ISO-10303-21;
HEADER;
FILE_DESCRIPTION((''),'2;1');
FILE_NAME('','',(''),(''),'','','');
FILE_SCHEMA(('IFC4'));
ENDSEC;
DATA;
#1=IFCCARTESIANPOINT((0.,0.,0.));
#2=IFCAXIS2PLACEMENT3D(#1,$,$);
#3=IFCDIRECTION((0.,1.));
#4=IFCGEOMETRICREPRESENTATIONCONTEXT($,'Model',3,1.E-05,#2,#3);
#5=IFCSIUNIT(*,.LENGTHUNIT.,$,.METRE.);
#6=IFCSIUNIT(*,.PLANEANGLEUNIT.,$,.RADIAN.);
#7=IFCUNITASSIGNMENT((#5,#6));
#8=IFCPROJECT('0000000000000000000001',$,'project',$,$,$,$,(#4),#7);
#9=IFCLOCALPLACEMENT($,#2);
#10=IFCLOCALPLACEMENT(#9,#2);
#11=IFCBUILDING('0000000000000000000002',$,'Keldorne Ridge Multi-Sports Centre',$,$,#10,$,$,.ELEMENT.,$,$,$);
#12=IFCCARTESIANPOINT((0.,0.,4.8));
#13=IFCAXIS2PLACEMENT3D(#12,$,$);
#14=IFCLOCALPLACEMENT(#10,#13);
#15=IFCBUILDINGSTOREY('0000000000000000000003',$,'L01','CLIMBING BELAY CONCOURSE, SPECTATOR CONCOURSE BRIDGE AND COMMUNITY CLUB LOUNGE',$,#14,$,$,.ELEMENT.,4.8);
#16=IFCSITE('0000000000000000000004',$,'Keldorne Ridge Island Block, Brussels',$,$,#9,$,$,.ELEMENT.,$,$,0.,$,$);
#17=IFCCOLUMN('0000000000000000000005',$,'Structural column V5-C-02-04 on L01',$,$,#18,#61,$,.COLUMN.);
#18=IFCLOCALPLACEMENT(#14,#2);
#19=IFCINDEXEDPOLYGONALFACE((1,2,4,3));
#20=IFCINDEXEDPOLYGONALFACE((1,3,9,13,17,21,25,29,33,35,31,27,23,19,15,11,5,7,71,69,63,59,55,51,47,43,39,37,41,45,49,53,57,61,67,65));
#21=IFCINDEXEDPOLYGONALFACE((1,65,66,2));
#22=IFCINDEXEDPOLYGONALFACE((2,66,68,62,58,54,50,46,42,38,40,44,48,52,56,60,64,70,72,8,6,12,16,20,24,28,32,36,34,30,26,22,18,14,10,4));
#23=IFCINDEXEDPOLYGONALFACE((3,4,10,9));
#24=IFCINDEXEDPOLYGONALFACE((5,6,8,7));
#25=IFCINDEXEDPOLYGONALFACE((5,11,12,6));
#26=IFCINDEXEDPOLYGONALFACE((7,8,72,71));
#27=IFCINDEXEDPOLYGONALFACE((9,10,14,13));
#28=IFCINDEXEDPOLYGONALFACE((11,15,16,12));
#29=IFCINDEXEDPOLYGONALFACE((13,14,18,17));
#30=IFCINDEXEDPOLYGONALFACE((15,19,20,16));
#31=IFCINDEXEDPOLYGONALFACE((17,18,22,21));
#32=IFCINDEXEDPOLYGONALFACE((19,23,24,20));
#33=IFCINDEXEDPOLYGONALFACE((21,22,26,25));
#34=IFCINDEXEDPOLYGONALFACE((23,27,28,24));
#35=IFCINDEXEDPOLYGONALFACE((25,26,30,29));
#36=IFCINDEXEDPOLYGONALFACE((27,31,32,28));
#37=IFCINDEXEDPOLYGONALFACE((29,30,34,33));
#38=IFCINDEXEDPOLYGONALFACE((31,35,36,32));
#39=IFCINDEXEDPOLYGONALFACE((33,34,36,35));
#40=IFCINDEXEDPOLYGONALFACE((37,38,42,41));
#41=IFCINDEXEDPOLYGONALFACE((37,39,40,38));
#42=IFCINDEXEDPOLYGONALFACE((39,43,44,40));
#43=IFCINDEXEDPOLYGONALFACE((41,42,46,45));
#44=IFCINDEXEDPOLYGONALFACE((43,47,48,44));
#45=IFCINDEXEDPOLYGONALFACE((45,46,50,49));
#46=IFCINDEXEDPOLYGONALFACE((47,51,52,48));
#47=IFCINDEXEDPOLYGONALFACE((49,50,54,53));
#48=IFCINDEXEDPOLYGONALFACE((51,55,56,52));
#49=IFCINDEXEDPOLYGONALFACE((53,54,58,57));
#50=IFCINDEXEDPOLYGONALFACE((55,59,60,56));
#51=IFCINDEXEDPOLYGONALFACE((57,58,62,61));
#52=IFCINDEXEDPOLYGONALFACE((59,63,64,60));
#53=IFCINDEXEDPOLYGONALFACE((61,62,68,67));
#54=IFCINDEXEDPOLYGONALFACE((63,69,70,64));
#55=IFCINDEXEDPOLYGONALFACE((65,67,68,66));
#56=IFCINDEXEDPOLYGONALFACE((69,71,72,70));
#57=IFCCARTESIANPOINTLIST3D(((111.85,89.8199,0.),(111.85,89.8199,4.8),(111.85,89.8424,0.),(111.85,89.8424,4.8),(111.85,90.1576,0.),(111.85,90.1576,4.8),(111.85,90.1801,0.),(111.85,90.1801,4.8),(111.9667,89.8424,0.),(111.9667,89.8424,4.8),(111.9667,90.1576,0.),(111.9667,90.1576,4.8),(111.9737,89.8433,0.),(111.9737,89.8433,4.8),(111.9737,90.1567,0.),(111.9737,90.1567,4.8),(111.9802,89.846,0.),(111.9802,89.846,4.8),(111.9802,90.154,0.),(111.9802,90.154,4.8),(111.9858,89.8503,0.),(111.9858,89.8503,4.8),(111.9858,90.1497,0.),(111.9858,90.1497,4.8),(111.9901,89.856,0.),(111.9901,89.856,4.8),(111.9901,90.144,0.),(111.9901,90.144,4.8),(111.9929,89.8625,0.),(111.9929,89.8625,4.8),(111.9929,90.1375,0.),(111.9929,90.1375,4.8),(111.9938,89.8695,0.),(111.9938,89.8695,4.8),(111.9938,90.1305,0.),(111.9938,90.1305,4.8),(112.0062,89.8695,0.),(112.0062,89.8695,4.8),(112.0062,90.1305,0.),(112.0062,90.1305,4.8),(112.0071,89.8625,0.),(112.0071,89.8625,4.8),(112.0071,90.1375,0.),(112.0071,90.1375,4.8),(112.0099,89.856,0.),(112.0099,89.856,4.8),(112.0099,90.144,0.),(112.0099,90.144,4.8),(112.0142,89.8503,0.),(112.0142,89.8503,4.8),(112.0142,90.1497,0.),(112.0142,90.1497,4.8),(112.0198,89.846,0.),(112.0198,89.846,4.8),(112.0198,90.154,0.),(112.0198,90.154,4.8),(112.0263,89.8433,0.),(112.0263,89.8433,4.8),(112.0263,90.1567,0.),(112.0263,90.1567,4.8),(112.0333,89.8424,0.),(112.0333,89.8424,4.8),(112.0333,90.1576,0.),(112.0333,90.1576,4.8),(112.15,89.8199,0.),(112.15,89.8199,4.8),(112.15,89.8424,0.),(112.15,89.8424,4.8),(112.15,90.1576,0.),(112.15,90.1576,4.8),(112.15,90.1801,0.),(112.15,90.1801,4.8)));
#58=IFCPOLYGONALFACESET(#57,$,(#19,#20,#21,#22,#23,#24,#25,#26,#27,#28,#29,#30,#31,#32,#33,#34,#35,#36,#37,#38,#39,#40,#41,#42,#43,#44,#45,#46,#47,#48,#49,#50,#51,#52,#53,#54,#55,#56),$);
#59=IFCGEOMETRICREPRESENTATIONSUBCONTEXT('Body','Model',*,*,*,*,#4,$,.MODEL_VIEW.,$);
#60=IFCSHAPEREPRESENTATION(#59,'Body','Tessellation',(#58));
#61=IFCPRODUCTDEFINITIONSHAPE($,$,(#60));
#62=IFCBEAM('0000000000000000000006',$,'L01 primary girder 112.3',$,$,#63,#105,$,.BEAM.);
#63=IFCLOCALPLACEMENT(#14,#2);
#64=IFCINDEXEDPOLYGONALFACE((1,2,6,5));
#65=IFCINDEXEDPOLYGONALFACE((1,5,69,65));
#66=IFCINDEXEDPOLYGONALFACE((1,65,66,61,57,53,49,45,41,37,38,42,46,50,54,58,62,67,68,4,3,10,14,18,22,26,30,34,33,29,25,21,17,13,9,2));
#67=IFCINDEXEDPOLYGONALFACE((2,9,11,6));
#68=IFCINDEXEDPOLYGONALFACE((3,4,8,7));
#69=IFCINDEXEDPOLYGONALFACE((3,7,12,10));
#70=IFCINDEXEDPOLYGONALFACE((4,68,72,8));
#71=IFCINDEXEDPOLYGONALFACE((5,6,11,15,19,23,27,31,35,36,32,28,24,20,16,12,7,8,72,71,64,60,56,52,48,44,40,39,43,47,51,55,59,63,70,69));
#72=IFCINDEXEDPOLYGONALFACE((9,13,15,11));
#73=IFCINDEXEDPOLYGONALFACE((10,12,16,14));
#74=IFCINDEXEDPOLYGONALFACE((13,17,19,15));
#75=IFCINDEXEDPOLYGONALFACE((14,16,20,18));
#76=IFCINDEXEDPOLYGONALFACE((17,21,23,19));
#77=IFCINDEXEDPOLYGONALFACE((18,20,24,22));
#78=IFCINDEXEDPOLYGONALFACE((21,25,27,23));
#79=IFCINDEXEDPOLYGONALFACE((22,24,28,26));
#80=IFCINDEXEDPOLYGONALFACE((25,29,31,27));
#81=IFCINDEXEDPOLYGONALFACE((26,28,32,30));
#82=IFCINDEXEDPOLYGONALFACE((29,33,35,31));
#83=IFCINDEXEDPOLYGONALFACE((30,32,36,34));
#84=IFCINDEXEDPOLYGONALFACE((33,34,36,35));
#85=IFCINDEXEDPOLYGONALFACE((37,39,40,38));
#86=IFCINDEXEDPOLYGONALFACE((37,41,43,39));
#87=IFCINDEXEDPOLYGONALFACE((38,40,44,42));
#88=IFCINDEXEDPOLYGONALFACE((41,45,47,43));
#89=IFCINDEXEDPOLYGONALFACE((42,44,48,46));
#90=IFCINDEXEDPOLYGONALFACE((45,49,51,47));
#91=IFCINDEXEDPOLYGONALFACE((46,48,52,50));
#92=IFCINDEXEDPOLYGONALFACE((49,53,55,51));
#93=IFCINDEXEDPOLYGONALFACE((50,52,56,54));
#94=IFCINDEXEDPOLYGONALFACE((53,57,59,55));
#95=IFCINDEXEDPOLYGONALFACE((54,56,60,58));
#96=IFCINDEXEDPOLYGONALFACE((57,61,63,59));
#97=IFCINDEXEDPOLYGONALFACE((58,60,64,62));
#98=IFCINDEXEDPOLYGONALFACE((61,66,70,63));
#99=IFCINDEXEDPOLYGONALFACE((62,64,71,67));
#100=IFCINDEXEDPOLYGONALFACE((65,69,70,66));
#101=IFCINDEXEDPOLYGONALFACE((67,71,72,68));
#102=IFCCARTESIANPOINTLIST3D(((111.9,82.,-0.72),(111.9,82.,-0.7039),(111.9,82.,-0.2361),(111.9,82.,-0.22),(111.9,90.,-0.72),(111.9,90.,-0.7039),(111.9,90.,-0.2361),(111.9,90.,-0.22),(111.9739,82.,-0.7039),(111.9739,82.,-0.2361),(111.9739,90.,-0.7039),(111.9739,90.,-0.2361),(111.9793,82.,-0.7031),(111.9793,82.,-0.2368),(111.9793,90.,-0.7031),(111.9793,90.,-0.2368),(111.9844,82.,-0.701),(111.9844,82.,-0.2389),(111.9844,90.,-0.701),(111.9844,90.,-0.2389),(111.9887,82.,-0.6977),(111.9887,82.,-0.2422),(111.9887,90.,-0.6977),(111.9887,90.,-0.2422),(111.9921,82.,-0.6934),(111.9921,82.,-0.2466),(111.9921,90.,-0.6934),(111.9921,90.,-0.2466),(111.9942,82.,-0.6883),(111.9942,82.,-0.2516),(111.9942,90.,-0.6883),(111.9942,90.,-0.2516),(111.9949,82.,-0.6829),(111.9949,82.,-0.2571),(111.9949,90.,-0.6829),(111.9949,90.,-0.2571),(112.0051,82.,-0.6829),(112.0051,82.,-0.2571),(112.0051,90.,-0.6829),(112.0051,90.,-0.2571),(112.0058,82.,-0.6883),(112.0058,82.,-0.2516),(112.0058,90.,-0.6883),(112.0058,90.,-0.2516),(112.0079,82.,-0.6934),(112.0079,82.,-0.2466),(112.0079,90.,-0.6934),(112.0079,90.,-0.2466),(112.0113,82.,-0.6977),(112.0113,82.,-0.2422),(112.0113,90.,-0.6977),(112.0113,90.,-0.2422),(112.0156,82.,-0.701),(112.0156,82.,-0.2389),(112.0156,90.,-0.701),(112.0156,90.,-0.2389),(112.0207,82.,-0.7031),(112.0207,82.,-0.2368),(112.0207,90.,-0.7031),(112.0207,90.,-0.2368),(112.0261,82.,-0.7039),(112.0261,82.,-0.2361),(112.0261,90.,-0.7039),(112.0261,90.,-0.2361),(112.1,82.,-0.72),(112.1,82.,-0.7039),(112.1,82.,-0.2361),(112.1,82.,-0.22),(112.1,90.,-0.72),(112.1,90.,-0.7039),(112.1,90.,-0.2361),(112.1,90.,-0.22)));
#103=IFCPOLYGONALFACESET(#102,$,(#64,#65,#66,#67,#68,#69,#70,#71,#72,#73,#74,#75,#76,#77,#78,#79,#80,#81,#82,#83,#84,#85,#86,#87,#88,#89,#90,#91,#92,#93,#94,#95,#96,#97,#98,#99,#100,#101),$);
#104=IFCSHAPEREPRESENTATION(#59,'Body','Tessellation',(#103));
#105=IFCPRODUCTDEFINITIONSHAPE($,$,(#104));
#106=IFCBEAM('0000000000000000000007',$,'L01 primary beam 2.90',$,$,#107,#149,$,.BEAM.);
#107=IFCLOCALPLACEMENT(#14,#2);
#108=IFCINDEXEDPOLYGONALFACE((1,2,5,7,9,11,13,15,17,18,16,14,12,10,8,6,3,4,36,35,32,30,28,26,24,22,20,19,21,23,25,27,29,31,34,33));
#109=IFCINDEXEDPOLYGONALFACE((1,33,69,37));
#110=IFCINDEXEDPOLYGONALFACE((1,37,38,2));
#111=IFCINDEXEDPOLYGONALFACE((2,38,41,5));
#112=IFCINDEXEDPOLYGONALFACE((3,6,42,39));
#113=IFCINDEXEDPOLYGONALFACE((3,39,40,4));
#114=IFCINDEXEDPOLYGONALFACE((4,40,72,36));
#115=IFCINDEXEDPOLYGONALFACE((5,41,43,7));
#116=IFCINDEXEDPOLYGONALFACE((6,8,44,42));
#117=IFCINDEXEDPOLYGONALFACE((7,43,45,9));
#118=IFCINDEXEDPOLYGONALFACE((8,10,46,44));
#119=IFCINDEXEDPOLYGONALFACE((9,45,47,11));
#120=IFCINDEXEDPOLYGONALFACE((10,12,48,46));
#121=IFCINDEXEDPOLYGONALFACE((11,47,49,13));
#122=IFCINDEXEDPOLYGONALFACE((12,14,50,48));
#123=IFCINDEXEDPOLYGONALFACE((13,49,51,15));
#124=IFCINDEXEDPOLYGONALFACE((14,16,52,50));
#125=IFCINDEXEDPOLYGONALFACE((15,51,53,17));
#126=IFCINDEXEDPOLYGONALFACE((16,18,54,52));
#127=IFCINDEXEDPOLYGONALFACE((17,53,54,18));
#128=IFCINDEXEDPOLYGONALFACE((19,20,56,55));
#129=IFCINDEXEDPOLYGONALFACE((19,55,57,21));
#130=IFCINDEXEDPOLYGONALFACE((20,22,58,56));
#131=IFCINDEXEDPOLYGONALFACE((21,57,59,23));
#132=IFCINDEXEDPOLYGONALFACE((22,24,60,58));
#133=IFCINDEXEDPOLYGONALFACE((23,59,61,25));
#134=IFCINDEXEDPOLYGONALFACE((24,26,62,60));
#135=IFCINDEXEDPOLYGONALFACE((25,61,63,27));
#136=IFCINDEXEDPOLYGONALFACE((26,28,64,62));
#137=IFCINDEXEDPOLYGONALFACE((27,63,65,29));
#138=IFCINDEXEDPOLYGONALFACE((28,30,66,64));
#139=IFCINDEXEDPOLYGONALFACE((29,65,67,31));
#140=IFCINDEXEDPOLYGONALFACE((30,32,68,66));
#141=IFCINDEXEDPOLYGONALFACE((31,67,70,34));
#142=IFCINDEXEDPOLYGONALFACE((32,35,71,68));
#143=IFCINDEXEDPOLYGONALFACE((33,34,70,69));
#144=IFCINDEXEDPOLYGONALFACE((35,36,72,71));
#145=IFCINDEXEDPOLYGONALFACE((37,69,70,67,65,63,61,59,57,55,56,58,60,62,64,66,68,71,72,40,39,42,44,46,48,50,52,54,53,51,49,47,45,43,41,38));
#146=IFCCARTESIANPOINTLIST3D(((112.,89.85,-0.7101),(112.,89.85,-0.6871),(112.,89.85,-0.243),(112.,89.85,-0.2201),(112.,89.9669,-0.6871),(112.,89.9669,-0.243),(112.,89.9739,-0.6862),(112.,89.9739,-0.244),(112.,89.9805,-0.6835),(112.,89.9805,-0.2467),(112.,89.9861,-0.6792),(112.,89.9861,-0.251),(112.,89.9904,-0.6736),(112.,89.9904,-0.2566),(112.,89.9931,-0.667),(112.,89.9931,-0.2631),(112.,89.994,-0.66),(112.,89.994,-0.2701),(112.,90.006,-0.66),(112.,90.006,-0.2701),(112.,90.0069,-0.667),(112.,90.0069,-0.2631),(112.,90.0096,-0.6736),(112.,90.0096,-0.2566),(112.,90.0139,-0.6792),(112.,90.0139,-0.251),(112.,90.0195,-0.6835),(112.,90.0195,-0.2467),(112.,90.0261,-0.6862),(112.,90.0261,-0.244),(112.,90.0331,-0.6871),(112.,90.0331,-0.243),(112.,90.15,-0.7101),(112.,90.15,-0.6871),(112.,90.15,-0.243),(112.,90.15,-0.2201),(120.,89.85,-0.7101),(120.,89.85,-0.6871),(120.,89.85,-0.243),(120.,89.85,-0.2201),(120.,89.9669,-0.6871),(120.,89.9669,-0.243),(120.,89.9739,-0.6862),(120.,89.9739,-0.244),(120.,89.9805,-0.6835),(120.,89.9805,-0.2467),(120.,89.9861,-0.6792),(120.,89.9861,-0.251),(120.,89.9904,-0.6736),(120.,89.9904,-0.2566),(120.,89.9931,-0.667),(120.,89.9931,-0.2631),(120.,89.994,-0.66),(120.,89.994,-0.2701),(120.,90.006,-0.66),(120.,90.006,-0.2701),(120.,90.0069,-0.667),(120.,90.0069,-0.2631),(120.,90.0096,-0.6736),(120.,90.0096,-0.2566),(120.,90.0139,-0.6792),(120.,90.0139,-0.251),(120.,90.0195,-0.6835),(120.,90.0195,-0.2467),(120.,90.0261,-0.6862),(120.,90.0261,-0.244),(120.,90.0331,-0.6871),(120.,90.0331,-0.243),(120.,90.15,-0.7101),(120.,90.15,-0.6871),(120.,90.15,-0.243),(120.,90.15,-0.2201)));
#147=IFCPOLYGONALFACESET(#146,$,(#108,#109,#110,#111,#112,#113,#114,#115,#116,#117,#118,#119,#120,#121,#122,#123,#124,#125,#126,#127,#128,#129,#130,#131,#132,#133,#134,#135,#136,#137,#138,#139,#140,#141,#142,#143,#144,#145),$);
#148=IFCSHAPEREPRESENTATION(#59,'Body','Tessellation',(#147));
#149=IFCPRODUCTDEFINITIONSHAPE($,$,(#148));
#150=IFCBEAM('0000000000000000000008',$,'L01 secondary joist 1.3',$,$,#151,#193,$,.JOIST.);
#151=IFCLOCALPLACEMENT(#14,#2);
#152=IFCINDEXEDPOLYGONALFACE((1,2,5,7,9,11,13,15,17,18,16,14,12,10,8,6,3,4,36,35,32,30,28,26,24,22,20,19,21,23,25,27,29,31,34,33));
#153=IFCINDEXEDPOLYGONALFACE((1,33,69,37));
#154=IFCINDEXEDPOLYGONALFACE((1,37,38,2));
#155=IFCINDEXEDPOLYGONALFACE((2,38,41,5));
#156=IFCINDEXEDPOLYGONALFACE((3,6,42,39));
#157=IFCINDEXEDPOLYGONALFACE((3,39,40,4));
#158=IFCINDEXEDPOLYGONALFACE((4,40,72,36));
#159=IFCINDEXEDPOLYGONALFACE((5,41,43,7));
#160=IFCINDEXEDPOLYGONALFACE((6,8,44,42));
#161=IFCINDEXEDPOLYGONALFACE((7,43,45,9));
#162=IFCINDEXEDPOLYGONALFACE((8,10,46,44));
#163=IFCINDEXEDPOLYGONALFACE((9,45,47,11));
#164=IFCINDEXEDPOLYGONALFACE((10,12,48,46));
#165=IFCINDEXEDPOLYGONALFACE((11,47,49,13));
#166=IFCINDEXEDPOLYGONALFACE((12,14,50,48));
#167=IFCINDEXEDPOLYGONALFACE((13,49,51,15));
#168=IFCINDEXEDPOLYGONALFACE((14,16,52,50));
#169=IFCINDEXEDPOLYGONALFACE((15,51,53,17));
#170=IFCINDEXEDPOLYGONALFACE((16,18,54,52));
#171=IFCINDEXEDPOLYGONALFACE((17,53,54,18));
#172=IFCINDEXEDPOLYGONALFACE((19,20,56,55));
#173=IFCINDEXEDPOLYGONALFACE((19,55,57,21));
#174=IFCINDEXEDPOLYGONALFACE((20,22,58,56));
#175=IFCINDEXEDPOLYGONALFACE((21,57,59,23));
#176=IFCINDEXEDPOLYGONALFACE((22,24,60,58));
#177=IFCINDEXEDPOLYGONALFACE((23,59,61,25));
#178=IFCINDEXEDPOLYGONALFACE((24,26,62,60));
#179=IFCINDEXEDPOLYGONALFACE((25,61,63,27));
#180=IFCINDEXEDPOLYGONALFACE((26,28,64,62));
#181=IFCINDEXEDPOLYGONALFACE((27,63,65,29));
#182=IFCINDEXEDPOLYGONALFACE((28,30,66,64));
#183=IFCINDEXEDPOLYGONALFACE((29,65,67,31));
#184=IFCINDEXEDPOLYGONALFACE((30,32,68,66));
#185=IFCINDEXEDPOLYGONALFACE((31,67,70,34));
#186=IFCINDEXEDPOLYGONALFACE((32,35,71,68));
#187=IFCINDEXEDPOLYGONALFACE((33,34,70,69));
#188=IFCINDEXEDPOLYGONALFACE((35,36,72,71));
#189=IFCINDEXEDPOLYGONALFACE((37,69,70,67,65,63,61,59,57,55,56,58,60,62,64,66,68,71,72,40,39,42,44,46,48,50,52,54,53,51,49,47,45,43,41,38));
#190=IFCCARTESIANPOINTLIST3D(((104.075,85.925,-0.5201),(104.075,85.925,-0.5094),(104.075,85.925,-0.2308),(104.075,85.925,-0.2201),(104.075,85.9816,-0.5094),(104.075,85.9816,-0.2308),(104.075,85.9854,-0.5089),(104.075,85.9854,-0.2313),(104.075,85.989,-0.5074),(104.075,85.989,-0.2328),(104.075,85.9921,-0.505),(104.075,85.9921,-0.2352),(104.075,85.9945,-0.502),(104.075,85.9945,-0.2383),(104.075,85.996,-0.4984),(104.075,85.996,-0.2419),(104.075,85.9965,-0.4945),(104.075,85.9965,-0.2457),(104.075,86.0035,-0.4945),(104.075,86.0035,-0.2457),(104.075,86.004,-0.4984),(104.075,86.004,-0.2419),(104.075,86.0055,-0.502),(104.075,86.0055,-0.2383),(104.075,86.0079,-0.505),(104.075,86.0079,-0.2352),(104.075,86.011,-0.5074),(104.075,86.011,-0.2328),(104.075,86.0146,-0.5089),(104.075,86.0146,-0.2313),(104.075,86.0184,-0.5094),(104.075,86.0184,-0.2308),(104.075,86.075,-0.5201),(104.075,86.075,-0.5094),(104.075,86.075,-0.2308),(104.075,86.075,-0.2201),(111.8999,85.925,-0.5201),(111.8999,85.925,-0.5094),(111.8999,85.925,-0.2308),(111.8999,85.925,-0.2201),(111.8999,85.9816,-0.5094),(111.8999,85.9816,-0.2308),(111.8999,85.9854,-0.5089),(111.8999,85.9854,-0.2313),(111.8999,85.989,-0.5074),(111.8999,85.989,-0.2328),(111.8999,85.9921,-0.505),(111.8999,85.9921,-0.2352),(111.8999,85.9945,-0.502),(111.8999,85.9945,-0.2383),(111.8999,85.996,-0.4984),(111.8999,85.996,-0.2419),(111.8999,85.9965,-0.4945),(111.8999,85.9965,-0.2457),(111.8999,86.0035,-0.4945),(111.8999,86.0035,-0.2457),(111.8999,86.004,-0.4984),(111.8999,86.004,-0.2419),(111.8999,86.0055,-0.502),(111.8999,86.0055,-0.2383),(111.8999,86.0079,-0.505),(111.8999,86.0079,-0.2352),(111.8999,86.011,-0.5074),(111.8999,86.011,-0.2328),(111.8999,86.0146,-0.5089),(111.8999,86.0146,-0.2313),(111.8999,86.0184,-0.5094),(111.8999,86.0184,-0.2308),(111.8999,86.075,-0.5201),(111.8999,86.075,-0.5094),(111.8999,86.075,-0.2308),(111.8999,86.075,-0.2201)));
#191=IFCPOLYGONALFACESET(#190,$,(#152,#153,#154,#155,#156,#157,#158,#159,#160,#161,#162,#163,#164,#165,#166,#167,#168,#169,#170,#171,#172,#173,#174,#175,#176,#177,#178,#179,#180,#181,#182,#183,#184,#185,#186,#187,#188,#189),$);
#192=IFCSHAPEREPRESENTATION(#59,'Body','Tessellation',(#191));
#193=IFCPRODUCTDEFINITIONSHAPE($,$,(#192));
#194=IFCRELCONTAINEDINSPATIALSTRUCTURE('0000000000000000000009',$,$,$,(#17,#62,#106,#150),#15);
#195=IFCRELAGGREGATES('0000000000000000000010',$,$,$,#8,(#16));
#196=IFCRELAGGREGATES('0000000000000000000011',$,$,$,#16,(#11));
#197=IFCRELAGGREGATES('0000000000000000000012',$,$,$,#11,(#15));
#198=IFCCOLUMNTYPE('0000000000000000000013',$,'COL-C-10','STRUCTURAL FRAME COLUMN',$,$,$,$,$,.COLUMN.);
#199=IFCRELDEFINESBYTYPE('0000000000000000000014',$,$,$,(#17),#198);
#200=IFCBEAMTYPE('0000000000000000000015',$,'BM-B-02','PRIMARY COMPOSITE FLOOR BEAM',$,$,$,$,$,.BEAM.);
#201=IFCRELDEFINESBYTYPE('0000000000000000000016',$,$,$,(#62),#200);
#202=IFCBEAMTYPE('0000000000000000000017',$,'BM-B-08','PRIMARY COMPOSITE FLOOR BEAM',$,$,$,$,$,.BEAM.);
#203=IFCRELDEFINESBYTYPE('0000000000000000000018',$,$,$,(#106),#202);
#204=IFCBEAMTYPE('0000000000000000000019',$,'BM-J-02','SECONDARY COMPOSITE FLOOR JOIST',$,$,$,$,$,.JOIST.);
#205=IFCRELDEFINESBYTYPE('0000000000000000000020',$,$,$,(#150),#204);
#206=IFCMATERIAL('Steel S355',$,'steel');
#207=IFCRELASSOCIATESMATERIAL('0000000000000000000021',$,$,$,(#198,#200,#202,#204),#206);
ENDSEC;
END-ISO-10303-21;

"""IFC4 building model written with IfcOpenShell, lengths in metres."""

from ifc_helpers import new_model, si_unit, direction, frame, origin, origin_2d, place, context, subcontext, project, spatial, i_section, extrude, material, material_profile, profile_set, type_object, element, save


model = new_model("IFC4")

# Units and contexts
model_context = context("Model", 3, precision=1e-05, world=origin(), true_north=direction((0.0, 1.0)))
body_context = subcontext(model_context, "Body", "Model", "MODEL_VIEW")
ifc_project = project(units=[si_unit("LENGTHUNIT", "METRE"), si_unit("PLANEANGLEUNIT", "RADIAN")], contexts=[model_context])

# Site, building, storey
site_placement = place(None, origin())
site = spatial("IfcSite", under=ifc_project, at=site_placement, Name="Keldorne Ridge Island Block, Brussels", CompositionType="ELEMENT", RefElevation=0.0)
building_placement = place(site_placement, origin())
building = spatial("IfcBuilding", under=site, at=building_placement, Name="Keldorne Ridge Multi-Sports Centre", CompositionType="ELEMENT")
storey_placement = place(building_placement, frame((0.0, 0.0, 4.8)))
storey = spatial("IfcBuildingStorey", under=building, at=storey_placement, Name="L01", Description="CLIMBING BELAY CONCOURSE, SPECTATOR CONCOURSE BRIDGE AND COMMUNITY CLUB LOUNGE", CompositionType="ELEMENT", Elevation=4.8)

# Column
ifc_material_1 = material(Name="Steel S355", Category="steel")
ifc_material_profile_1 = material_profile(ifc_material_1, i_section(OverallWidth=0.3, OverallDepth=0.3601, WebThickness=0.0125, FlangeThickness=0.0225, FilletRadius=0.0271, at=origin_2d()), Name="HEB 360")
ifc_profile_set_1 = profile_set([ifc_material_profile_1], Name="Steel S355")
column_type = type_object("IfcColumnType", Name="COL-C-10", Description="STRUCTURAL FRAME COLUMN", PredefinedType="COLUMN", material=ifc_profile_set_1)
column_placement = place(storey_placement, frame((112.0, 90.0, 0.0), z_axis=(0.0, 0.0, 1.0), x_axis=(1.0, 0.0, 0.0)))
element("IfcColumn", 1, at=column_placement, inside=storey, type_object=column_type, Name="Structural column V5-C-02-04 on L01", PredefinedType="COLUMN", context=body_context, shape_type="SweptSolid", body=[
    extrude(i_section(OverallWidth=0.3, OverallDepth=0.3601, WebThickness=0.0125, FlangeThickness=0.0225, FilletRadius=0.0271, at=origin_2d()), origin(), (0.0, 0.0, 1.0), 4.8),
])

# Beams
ifc_material_profile_2 = material_profile(ifc_material_1, i_section(OverallWidth=0.2, OverallDepth=0.5, WebThickness=0.0103, FlangeThickness=0.0161, FilletRadius=0.021, at=origin_2d()), Name="IPE 500")
ifc_profile_set_2 = profile_set([ifc_material_profile_2], Name="Steel S355")
beam_type_1 = type_object("IfcBeamType", Name="BM-B-02", Description="PRIMARY COMPOSITE FLOOR BEAM", PredefinedType="BEAM", material=ifc_profile_set_2)
beam_1_placement = place(storey_placement, frame((112.0, 82.0, -0.47), z_axis=(0.0, 1.0, 0.0), x_axis=(-1.0, 0.0, 0.0)))
element("IfcBeam", 2, at=beam_1_placement, inside=storey, type_object=beam_type_1, Name="L01 primary girder 112.3", PredefinedType="BEAM", context=body_context, shape_type="SweptSolid", body=[
    extrude(i_section(OverallWidth=0.2, OverallDepth=0.5, WebThickness=0.0103, FlangeThickness=0.0161, FilletRadius=0.021, at=origin_2d()), origin(), (0.0, 0.0, 1.0), 8.0),
])
ifc_material_profile_3 = material_profile(ifc_material_1, i_section(OverallWidth=0.3, OverallDepth=0.49, WebThickness=0.012, FlangeThickness=0.0229, FilletRadius=0.0271, at=origin_2d()), Name="HEA 500")
ifc_profile_set_3 = profile_set([ifc_material_profile_3], Name="Steel S355")
beam_type_2 = type_object("IfcBeamType", Name="BM-B-08", Description="PRIMARY COMPOSITE FLOOR BEAM", PredefinedType="BEAM", material=ifc_profile_set_3)
beam_2_placement = place(storey_placement, frame((112.0, 90.0, -0.4651), z_axis=(1.0, 0.0, 0.0), x_axis=(0.0, 1.0, 0.0)))
element("IfcBeam", 3, at=beam_2_placement, inside=storey, type_object=beam_type_2, Name="L01 primary beam 2.90", PredefinedType="BEAM", context=body_context, shape_type="SweptSolid", body=[
    extrude(i_section(OverallWidth=0.3, OverallDepth=0.49, WebThickness=0.012, FlangeThickness=0.0229, FilletRadius=0.0271, at=origin_2d()), origin(), (0.0, 0.0, 1.0), 8.0),
])
ifc_material_profile_4 = material_profile(ifc_material_1, i_section(OverallWidth=0.1499, OverallDepth=0.3, WebThickness=0.0071, FlangeThickness=0.0107, FilletRadius=0.0149, at=origin_2d()), Name="IPE 300")
ifc_profile_set_4 = profile_set([ifc_material_profile_4], Name="Steel S355")
beam_type_3 = type_object("IfcBeamType", Name="BM-J-02", Description="SECONDARY COMPOSITE FLOOR JOIST", PredefinedType="JOIST", material=ifc_profile_set_4)
beam_3_placement = place(storey_placement, frame((104.075, 86.0, -0.3701), z_axis=(1.0, 0.0, 0.0), x_axis=(0.0, 1.0, 0.0)))
element("IfcBeam", 4, at=beam_3_placement, inside=storey, type_object=beam_type_3, Name="L01 secondary joist 1.3", PredefinedType="JOIST", context=body_context, shape_type="SweptSolid", body=[
    extrude(i_section(OverallWidth=0.1499, OverallDepth=0.3, WebThickness=0.0071, FlangeThickness=0.0107, FilletRadius=0.0149, at=origin_2d()), origin(), (0.0, 0.0, 1.0), 7.825),
])

save(model, "model.ifc")
